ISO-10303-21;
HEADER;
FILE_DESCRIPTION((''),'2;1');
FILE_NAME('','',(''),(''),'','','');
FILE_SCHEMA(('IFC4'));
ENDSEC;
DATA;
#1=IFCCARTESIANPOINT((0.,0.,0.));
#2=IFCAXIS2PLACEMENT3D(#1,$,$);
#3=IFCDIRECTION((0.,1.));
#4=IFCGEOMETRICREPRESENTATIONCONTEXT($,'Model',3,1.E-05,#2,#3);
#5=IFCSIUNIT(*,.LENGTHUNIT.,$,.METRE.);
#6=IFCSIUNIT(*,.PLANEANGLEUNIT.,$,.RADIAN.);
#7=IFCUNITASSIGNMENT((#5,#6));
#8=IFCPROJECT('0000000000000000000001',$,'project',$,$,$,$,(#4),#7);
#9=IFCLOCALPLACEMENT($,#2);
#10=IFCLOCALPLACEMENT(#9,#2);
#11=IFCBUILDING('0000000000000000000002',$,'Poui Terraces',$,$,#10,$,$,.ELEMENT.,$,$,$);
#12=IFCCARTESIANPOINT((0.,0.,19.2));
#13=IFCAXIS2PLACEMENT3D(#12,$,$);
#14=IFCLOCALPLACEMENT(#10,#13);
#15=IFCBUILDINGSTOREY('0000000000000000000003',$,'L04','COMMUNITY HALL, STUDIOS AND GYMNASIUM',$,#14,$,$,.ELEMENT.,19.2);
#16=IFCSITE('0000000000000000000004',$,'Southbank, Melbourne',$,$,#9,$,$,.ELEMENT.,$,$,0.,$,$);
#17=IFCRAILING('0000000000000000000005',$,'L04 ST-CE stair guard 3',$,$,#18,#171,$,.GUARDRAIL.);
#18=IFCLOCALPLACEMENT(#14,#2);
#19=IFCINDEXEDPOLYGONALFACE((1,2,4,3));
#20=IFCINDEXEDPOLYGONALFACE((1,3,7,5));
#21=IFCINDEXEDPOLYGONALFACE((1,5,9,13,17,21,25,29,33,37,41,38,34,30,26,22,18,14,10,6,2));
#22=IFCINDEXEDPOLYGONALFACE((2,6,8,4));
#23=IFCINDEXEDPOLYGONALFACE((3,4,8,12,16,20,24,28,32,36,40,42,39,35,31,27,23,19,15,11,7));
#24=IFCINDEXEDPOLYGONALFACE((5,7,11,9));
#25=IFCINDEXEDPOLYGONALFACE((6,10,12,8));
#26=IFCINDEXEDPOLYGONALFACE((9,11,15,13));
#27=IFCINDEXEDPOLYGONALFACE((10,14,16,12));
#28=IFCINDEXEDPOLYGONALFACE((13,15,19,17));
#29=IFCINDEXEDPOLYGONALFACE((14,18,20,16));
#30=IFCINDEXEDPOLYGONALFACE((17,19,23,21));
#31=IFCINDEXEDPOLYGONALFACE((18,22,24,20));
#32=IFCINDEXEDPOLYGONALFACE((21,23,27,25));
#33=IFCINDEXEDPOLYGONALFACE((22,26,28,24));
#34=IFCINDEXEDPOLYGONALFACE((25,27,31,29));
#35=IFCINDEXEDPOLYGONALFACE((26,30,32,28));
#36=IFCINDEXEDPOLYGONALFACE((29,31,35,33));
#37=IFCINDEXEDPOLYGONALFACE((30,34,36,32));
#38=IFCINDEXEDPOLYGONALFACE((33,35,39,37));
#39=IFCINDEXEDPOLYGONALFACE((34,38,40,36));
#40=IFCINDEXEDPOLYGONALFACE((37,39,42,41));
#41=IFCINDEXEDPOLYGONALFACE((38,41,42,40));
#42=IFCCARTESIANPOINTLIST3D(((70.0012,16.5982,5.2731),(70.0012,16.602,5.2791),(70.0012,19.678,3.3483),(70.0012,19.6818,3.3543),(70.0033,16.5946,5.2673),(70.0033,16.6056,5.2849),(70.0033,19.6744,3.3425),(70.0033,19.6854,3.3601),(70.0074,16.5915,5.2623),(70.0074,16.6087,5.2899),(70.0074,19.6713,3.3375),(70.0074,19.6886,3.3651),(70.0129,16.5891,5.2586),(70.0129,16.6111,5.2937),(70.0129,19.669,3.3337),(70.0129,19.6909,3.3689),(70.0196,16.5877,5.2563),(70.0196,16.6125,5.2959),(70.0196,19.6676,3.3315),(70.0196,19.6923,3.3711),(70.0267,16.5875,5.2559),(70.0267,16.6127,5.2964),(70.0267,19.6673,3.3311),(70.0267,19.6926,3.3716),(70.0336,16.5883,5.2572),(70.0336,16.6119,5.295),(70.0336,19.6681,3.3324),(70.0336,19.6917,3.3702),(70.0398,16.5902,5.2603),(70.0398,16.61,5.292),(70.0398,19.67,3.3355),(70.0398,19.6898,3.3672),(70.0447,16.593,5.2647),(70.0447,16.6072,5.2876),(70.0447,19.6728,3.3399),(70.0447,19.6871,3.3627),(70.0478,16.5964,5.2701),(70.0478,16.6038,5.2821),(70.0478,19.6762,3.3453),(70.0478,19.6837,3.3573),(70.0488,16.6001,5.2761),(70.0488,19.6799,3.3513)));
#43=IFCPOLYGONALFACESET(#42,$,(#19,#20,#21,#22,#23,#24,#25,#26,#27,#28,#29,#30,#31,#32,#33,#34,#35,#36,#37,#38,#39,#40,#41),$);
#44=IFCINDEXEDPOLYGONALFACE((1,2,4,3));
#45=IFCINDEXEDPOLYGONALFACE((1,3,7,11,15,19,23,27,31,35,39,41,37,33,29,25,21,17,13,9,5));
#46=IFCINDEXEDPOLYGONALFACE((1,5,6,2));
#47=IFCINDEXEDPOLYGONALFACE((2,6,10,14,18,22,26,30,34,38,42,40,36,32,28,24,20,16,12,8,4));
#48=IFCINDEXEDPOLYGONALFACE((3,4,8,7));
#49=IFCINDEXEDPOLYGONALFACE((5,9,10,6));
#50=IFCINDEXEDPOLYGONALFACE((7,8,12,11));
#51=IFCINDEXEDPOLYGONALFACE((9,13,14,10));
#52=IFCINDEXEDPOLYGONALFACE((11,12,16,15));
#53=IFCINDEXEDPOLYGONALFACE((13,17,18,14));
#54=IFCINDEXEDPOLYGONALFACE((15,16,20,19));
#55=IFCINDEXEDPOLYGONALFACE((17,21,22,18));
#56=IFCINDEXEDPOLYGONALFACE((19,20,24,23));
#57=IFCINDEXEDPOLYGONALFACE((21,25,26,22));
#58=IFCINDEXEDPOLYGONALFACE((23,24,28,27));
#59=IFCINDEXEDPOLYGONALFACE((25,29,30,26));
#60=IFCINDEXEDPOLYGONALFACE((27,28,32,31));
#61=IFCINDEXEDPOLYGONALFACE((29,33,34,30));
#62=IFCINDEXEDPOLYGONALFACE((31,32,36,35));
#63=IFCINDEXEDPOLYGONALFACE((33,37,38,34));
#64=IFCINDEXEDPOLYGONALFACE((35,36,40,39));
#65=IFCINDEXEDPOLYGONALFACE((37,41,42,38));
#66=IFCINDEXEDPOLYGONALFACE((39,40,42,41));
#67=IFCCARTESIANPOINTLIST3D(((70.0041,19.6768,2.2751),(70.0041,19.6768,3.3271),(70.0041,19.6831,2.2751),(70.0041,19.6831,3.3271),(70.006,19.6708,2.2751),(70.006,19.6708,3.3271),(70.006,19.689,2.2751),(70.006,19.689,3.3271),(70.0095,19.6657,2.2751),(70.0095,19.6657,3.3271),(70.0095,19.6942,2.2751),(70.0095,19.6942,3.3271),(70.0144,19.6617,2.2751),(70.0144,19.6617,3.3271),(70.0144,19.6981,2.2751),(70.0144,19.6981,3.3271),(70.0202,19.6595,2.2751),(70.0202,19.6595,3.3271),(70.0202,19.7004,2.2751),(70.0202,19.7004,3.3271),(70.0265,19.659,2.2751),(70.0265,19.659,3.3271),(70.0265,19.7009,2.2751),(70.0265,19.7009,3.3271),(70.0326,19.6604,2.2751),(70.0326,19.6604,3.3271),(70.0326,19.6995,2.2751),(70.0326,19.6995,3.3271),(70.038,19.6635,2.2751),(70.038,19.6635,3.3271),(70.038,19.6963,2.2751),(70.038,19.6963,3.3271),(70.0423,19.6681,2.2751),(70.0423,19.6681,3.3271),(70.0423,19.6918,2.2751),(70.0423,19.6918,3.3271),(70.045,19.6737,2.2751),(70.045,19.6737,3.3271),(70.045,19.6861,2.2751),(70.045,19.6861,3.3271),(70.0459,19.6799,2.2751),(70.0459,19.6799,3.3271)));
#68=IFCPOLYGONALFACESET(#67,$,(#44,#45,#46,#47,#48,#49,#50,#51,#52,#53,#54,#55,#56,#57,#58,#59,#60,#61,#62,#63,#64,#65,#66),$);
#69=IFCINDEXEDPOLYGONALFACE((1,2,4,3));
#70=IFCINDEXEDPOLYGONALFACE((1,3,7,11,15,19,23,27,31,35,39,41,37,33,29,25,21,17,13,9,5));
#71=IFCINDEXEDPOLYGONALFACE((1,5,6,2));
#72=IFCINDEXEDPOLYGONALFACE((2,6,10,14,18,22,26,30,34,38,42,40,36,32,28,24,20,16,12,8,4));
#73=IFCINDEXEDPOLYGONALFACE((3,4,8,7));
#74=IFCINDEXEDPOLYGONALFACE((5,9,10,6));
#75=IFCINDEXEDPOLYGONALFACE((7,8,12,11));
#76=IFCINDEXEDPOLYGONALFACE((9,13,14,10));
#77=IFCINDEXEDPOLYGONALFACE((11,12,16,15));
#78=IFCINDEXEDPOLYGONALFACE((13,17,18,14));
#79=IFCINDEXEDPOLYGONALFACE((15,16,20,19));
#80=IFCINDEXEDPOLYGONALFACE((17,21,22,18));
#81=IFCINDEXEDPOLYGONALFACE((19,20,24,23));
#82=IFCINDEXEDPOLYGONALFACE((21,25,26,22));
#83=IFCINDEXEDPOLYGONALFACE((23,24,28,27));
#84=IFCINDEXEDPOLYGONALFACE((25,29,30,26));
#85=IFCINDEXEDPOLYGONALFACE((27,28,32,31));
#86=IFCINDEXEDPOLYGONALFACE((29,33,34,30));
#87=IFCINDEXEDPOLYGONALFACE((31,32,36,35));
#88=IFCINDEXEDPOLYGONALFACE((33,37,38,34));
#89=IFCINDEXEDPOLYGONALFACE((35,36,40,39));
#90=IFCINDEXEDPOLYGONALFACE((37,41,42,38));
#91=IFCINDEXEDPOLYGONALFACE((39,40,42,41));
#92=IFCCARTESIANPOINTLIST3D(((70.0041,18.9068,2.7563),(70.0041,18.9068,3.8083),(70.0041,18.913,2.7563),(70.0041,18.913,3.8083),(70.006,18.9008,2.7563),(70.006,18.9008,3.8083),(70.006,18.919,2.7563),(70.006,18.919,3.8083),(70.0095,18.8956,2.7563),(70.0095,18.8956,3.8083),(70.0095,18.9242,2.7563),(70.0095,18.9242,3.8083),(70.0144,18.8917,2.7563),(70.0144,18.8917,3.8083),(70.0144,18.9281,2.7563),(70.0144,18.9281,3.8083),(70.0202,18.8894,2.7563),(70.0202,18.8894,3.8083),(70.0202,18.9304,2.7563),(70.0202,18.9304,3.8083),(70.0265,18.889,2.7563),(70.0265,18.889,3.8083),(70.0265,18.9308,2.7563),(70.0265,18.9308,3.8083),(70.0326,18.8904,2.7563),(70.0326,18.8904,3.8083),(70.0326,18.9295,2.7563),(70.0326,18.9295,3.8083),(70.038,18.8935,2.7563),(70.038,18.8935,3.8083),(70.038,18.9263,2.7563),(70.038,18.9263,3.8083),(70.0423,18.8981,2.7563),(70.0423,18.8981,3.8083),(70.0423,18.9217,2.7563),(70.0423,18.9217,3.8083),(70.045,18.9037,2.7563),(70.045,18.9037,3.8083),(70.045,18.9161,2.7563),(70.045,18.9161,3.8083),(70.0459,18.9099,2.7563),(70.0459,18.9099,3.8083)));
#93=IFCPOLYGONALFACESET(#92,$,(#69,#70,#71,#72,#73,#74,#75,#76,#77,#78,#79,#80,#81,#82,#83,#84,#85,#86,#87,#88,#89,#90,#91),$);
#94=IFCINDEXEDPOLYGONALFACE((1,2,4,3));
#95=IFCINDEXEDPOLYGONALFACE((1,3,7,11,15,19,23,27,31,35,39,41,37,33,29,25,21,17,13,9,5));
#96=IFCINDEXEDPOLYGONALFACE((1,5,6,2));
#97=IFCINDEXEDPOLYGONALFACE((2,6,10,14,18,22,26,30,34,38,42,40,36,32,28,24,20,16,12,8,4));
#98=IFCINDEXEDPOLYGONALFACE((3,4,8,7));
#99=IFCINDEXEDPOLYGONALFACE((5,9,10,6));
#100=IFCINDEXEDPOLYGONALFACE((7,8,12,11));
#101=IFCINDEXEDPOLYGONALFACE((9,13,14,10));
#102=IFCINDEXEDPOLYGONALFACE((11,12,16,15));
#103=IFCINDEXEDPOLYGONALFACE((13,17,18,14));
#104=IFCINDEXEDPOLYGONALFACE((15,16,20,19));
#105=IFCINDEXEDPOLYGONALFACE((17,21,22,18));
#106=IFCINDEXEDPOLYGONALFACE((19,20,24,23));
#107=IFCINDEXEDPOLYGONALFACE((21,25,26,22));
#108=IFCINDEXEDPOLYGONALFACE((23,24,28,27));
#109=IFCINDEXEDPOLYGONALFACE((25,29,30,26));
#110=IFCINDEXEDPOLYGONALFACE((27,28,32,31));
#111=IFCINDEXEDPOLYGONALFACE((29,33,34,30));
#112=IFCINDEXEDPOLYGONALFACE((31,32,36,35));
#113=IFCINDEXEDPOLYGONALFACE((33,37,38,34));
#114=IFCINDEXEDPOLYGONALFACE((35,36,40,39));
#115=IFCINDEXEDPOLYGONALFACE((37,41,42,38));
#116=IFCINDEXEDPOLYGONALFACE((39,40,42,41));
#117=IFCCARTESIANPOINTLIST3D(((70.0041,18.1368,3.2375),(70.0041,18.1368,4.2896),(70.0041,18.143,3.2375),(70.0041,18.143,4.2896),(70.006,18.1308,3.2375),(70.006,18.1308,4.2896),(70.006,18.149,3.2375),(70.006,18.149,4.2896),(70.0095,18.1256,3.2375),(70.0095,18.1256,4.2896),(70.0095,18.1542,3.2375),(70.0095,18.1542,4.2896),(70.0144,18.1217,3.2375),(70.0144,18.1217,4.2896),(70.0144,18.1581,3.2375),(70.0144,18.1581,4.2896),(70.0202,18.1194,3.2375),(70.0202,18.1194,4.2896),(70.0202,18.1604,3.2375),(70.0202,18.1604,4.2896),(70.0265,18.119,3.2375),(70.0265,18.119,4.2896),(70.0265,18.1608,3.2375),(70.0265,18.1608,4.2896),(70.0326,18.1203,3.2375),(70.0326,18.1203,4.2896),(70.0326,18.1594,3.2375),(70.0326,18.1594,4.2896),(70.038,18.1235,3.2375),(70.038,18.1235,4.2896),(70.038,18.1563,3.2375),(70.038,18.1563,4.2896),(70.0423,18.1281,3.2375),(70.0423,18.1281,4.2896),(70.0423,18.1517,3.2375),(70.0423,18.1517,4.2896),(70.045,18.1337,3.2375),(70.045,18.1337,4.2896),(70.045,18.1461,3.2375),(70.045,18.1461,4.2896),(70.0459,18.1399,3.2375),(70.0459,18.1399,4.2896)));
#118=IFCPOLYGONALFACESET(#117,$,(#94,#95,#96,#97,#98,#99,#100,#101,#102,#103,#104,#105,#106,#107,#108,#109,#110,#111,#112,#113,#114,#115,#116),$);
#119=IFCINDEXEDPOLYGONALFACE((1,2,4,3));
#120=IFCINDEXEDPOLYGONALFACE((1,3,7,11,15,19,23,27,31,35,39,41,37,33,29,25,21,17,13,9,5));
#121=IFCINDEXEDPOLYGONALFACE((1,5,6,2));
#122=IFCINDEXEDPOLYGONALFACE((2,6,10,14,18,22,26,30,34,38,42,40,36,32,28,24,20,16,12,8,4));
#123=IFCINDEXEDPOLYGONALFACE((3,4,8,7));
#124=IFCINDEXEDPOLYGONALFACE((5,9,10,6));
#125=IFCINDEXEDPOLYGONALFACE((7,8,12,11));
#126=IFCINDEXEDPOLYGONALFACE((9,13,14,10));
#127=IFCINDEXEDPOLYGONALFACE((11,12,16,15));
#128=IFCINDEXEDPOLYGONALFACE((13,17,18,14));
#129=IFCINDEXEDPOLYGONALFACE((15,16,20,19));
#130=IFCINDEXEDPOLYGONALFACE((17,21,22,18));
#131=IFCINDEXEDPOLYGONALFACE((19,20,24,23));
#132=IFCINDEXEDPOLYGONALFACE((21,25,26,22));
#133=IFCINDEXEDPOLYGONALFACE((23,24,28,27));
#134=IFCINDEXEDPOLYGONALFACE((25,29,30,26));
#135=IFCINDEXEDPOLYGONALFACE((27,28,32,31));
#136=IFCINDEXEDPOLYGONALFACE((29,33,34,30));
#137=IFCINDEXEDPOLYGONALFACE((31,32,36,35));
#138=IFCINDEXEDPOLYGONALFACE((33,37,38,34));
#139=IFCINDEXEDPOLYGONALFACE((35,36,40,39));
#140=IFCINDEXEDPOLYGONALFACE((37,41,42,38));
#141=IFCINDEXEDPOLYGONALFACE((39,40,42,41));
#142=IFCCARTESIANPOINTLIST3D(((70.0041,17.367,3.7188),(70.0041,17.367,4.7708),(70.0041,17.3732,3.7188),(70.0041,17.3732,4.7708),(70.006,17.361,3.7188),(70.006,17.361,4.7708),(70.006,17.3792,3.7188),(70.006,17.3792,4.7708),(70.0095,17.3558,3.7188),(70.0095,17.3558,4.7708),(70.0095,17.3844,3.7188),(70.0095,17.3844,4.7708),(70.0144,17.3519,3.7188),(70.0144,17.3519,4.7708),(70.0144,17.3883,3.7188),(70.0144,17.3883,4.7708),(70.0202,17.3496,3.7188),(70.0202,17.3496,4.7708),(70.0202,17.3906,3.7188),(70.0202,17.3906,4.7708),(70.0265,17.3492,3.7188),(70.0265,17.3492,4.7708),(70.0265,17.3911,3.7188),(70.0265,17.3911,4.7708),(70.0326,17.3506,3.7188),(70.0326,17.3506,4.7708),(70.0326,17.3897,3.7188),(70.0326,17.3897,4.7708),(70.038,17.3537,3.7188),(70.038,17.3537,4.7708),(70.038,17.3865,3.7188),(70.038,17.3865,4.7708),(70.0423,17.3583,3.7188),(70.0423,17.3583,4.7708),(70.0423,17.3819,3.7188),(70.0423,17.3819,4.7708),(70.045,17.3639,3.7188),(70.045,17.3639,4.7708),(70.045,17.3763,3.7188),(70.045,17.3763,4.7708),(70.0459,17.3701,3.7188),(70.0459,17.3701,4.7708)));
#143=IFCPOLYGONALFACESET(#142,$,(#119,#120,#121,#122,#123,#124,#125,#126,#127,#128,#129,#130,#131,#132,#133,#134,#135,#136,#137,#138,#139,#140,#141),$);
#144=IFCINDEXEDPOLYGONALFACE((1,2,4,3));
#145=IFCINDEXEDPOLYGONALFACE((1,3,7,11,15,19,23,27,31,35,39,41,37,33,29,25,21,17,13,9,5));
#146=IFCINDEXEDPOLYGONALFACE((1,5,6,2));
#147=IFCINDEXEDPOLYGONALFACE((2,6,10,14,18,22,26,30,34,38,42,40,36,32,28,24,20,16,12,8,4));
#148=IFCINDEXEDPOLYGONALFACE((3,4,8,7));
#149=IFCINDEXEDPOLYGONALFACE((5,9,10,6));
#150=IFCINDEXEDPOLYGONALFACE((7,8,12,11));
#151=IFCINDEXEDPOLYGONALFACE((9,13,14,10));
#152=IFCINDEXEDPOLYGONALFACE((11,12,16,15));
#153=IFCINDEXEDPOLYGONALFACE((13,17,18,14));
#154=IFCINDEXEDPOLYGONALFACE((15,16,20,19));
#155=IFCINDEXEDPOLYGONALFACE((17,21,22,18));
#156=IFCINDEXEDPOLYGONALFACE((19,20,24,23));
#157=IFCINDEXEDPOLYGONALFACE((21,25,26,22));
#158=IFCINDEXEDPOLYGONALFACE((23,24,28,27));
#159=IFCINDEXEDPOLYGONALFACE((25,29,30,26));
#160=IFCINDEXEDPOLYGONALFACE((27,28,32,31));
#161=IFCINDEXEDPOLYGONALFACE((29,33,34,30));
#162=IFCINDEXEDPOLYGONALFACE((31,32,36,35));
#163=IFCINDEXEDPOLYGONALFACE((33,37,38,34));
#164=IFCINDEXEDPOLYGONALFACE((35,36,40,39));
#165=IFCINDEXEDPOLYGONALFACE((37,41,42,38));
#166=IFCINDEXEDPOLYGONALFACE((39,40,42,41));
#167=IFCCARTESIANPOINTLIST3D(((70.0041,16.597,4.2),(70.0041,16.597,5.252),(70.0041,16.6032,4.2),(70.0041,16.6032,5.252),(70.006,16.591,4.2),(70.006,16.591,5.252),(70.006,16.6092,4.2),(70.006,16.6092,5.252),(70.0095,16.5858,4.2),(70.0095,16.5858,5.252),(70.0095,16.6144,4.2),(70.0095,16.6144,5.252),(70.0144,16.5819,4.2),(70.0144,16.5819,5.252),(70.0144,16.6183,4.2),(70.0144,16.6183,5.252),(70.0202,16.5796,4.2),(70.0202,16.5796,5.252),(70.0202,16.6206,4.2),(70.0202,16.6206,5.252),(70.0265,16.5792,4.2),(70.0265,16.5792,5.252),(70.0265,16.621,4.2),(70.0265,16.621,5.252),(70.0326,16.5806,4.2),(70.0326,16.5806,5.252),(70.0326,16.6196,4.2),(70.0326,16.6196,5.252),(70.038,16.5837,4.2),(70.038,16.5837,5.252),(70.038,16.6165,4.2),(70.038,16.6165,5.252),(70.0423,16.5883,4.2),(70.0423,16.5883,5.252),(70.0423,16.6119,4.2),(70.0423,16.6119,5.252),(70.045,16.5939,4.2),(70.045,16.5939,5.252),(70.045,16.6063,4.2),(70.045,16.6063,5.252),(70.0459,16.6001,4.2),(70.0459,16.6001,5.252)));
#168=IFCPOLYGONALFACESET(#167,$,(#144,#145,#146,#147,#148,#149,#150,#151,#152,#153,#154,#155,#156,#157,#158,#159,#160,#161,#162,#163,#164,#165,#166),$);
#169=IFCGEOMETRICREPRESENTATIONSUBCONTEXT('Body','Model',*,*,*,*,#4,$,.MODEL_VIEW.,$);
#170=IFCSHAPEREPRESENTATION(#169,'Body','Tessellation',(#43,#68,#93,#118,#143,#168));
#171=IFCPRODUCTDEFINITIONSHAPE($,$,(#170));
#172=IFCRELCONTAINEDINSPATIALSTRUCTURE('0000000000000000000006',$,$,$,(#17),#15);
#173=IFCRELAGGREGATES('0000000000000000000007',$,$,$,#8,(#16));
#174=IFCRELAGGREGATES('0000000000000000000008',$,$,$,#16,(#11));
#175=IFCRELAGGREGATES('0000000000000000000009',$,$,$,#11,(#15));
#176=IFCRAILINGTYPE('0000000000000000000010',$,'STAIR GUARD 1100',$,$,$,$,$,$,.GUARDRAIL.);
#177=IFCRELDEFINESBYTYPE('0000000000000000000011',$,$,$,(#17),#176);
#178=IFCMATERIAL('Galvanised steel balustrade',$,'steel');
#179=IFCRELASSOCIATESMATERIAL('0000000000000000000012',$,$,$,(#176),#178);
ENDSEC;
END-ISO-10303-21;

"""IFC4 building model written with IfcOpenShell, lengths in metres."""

from ifc_helpers import new_model, si_unit, direction, frame, origin, origin_2d, place, context, subcontext, project, spatial, circle, extrude, material, type_object, element, save


model = new_model("IFC4")

# Units and contexts
model_context = context("Model", 3, precision=1e-05, world=origin(), true_north=direction((0.0, 1.0)))
body_context = subcontext(model_context, "Body", "Model", "MODEL_VIEW")
ifc_project = project(units=[si_unit("LENGTHUNIT", "METRE"), si_unit("PLANEANGLEUNIT", "RADIAN")], contexts=[model_context])

# Site, building, storey
site_placement = place(None, origin())
site = spatial("IfcSite", under=ifc_project, at=site_placement, Name="Southbank, Melbourne", CompositionType="ELEMENT", RefElevation=0.0)
building_placement = place(site_placement, origin())
building = spatial("IfcBuilding", under=site, at=building_placement, Name="Poui Terraces", CompositionType="ELEMENT")
storey_placement = place(building_placement, frame((0.0, 0.0, 19.2)))
storey = spatial("IfcBuildingStorey", under=building, at=storey_placement, Name="L04", Description="COMMUNITY HALL, STUDIOS AND GYMNASIUM", CompositionType="ELEMENT", Elevation=19.2)

# Railing
ifc_material_1 = material(Name="Galvanised steel balustrade", Category="steel")
railing_type_1 = type_object("IfcRailingType", Name="STAIR GUARD 1100", PredefinedType="GUARDRAIL", material=ifc_material_1)
railing_1_placement = place(storey_placement, frame((70.0249, 19.6799, 2.2751)))
element("IfcRailing", 1, at=railing_1_placement, inside=storey, type_object=railing_type_1, Name="L04 ST-CE stair guard 3", PredefinedType="GUARDRAIL", context=body_context, shape_type="SweptSolid", body=[
    extrude(circle(Radius=0.0239, at=origin_2d()), frame((0.0, 0.0, 1.0762), z_axis=(0.0, -0.84801, 0.529981), x_axis=(1.0, 0.0, 0.0)), (0.0, 0.0, 1.0), 3.6318),
    extrude(circle(Radius=0.021, at=origin_2d()), origin(), (0.0, 0.0, 1.0), 1.052),
    extrude(circle(Radius=0.021, at=origin_2d()), frame((0.0, -0.77, 0.4812)), (0.0, 0.0, 1.0), 1.052),
    extrude(circle(Radius=0.021, at=origin_2d()), frame((0.0, -1.54, 0.9624)), (0.0, 0.0, 1.0), 1.052),
    extrude(circle(Radius=0.021, at=origin_2d()), frame((0.0, -2.3098, 1.4436)), (0.0, 0.0, 1.0), 1.052),
    extrude(circle(Radius=0.021, at=origin_2d()), frame((0.0, -3.0798, 1.9248)), (0.0, 0.0, 1.0), 1.052),
])

save(model, "model.ifc")
